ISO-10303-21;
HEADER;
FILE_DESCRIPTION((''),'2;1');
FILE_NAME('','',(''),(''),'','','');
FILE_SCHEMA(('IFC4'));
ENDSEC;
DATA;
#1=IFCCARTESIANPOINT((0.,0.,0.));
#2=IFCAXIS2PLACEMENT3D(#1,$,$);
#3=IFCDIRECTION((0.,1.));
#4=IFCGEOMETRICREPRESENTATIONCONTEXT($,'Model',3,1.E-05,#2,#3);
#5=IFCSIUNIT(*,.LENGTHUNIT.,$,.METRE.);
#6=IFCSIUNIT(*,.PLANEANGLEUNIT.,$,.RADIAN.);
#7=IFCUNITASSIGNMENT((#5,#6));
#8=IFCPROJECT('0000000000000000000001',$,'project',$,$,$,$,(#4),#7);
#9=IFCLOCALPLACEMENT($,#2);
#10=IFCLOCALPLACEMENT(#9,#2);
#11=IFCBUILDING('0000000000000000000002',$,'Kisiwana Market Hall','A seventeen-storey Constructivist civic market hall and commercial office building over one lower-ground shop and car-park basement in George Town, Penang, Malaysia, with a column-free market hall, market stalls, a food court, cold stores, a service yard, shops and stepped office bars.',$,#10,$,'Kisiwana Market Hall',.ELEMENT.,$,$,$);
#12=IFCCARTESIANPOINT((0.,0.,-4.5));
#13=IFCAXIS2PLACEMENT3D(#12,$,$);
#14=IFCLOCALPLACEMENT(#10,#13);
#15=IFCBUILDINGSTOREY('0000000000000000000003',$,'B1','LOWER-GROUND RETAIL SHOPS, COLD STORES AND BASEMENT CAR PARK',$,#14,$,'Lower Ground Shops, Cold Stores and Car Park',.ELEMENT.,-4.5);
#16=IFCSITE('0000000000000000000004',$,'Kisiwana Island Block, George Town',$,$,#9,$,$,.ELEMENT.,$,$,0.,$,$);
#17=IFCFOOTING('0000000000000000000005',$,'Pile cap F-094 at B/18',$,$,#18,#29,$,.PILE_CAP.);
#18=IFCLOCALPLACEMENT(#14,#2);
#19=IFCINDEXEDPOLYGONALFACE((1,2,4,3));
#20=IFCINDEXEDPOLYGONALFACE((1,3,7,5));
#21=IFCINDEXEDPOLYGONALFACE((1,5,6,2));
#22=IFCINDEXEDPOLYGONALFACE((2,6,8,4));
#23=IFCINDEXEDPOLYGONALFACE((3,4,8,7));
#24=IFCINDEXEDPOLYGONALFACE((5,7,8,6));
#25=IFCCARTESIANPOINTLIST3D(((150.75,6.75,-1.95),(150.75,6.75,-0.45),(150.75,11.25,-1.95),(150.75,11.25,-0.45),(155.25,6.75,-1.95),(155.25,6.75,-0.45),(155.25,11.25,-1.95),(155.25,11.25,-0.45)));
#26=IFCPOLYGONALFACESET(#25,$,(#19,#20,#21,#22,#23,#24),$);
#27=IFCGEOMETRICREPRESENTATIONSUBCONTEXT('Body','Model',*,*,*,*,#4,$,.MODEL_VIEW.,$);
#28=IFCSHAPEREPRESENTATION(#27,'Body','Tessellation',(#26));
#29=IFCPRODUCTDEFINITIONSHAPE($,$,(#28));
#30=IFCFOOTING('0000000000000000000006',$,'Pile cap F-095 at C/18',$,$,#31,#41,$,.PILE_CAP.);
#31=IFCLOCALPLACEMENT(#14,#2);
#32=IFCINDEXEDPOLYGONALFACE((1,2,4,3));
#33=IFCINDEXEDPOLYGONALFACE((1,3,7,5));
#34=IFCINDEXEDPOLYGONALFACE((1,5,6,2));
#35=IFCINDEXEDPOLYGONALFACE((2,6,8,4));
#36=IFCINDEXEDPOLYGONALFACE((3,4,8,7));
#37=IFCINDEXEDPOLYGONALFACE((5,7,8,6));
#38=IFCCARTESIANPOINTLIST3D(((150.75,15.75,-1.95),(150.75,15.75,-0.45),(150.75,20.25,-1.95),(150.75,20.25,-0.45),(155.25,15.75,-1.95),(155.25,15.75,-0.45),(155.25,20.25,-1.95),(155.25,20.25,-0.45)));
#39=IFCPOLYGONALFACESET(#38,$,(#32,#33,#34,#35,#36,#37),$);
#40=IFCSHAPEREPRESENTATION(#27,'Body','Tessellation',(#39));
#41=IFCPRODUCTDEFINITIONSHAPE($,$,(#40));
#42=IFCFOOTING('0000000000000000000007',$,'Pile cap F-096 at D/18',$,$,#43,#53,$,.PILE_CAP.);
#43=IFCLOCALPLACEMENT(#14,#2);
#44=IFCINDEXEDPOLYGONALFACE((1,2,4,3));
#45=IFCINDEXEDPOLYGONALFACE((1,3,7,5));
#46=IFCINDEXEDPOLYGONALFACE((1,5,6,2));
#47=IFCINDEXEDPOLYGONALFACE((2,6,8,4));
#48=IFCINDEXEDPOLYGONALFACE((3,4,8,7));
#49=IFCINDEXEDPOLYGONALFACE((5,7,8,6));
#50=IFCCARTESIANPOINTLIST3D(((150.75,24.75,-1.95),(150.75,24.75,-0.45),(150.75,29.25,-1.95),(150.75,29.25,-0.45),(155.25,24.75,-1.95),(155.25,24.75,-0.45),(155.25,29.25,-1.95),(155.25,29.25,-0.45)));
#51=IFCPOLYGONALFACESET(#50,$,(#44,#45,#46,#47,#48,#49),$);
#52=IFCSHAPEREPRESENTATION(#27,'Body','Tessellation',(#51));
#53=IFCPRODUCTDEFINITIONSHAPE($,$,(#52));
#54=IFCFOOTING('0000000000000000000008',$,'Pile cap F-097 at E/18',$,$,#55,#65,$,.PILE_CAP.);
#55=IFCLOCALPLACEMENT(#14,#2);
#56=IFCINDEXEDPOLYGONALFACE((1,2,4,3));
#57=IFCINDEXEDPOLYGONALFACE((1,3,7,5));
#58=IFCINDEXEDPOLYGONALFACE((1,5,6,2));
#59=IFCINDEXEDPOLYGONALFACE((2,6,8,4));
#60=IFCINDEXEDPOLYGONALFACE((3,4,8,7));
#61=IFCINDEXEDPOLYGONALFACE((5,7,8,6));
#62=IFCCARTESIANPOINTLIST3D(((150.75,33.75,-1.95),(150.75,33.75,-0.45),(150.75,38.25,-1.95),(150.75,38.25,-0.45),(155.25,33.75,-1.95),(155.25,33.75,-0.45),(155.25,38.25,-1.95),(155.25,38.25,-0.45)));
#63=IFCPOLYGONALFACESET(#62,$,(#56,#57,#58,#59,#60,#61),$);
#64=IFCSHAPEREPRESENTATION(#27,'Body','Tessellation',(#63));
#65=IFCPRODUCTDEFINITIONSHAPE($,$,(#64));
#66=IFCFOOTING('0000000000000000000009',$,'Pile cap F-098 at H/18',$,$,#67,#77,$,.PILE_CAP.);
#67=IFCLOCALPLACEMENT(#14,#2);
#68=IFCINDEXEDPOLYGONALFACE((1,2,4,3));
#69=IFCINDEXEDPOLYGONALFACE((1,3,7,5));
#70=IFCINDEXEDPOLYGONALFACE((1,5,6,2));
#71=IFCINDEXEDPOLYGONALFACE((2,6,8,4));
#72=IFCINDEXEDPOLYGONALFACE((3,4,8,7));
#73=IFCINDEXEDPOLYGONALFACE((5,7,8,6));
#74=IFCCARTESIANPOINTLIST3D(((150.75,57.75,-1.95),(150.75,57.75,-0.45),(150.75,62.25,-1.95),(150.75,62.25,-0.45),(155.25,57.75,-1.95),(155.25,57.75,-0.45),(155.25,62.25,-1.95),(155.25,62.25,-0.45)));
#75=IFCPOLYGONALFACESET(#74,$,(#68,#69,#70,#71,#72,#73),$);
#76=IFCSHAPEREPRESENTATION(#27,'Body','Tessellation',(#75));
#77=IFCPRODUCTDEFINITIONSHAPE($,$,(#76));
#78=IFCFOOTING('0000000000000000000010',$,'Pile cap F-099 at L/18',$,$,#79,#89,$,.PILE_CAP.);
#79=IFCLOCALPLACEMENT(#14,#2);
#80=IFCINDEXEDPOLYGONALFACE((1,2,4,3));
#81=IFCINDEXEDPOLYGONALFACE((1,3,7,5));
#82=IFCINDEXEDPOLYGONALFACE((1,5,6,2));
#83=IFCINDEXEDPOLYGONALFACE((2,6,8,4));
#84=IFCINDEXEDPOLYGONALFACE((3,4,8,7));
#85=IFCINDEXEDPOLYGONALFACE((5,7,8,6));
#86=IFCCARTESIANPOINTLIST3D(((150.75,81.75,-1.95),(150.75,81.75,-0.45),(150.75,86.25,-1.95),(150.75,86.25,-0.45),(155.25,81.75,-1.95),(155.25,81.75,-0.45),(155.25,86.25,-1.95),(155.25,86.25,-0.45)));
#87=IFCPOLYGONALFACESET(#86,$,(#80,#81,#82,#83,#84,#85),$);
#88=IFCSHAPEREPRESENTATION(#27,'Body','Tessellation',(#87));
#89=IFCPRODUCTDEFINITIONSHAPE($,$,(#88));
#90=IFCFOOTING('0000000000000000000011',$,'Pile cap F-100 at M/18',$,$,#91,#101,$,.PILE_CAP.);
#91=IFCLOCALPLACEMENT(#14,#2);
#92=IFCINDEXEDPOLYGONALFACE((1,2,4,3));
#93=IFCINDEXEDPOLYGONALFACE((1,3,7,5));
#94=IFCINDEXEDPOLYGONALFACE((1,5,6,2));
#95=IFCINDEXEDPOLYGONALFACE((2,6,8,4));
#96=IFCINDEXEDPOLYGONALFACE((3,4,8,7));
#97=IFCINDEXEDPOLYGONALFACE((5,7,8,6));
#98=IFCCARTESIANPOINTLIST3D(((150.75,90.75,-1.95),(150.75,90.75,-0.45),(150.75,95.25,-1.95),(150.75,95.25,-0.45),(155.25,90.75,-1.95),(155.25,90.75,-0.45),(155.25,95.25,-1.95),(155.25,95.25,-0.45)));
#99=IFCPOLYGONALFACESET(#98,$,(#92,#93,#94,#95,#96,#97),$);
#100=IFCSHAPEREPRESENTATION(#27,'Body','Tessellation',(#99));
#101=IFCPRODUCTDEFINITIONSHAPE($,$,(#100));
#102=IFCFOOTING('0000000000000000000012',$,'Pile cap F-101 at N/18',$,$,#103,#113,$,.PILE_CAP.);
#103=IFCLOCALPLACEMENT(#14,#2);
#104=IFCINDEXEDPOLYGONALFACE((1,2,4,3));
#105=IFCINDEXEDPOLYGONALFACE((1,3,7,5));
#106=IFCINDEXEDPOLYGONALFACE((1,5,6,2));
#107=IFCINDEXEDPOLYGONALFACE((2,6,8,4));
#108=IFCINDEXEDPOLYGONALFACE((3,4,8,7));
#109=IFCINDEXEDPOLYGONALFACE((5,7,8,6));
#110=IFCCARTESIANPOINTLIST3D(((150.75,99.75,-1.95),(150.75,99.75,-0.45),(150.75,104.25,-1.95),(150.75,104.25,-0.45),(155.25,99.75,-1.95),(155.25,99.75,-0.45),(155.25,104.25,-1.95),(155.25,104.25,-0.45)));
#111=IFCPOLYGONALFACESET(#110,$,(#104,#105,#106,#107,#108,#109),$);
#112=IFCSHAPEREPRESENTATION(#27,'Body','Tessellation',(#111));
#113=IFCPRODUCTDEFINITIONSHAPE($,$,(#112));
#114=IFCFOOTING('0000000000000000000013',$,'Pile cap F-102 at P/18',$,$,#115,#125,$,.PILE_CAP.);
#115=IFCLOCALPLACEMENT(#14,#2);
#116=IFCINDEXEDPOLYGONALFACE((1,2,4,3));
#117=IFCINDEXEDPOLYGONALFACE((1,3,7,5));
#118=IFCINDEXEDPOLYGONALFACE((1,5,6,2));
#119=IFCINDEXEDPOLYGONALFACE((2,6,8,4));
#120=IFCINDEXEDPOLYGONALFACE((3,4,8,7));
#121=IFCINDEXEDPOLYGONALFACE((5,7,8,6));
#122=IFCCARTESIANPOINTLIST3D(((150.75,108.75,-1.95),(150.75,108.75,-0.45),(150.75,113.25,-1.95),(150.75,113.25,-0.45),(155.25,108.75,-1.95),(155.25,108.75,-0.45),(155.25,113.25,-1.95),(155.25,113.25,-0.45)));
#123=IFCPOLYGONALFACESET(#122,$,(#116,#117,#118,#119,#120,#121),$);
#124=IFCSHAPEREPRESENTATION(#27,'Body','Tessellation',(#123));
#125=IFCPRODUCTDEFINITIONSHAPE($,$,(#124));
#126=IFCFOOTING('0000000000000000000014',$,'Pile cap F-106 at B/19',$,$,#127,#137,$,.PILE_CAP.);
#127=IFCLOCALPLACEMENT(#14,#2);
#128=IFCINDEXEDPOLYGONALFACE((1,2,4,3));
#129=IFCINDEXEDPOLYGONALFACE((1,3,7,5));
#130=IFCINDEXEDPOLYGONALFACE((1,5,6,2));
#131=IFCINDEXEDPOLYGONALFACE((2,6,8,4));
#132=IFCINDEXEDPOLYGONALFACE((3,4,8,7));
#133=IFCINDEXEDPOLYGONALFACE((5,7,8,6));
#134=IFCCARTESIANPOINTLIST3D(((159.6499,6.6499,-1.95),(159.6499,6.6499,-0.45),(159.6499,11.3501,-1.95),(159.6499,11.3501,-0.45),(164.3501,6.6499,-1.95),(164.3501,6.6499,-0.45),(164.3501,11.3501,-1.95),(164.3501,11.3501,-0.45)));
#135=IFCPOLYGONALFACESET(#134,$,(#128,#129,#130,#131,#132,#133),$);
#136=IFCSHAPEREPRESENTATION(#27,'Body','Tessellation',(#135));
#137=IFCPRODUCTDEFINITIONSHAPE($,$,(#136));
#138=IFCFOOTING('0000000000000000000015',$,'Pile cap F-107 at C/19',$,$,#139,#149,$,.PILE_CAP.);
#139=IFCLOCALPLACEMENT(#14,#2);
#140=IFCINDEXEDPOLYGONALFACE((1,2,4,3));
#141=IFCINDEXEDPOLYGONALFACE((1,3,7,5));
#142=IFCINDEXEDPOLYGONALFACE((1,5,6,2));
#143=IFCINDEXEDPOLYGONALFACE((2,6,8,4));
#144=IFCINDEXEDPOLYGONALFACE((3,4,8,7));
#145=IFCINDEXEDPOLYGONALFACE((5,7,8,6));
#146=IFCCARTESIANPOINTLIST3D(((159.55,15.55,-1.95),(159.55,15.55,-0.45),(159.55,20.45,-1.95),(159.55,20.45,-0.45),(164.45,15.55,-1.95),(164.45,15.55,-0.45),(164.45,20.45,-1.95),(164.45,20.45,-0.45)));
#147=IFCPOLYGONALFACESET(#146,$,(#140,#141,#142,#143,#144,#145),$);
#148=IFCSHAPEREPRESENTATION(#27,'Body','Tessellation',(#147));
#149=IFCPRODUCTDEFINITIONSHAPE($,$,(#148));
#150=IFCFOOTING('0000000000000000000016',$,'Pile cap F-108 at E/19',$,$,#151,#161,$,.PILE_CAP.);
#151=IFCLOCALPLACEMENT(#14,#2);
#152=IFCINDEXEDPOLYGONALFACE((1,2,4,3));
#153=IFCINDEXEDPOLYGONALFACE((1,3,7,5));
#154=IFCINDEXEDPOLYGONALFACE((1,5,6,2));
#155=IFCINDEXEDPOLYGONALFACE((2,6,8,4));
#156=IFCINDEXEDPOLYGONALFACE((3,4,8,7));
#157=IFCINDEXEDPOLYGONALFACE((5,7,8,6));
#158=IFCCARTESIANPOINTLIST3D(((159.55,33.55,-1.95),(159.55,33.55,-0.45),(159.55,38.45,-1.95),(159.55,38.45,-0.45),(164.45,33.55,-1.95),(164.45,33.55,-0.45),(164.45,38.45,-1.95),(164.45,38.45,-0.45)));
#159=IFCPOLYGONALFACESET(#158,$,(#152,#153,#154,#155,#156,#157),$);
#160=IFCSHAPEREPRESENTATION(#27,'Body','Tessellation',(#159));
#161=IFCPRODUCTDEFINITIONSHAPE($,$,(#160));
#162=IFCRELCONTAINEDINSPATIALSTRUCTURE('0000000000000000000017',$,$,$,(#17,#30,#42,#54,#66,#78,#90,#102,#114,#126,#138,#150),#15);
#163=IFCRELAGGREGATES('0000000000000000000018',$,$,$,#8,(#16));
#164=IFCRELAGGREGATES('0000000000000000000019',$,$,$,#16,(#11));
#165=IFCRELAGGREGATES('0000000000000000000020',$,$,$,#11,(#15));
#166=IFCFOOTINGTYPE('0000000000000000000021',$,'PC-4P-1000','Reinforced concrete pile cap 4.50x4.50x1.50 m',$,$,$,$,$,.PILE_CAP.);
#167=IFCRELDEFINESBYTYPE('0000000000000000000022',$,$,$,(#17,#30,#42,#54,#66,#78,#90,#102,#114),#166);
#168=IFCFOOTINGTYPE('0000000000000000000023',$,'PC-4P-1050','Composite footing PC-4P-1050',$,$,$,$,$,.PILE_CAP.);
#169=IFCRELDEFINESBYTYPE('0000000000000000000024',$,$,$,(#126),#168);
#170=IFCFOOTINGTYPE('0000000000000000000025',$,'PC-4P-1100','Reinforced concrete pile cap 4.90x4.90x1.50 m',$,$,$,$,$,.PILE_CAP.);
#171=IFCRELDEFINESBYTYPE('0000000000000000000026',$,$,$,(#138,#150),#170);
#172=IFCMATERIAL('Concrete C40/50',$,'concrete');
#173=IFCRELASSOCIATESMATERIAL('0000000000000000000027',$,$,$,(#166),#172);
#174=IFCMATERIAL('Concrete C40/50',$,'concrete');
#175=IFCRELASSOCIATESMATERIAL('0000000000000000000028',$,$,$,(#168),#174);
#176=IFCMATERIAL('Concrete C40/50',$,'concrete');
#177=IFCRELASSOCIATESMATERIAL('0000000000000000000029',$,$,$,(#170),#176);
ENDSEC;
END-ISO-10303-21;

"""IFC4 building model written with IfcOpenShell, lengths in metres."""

from ifc_helpers import new_model, si_unit, direction, frame, origin, place, context, subcontext, project, spatial, polyline, outline, extrude, material, type_object, element, save


model = new_model("IFC4")

# Units and contexts
model_context = context("Model", 3, precision=1e-05, world=origin(), true_north=direction((0.0, 1.0)))
body_context = subcontext(model_context, "Body", "Model", "MODEL_VIEW")
ifc_project = project(units=[si_unit("LENGTHUNIT", "METRE"), si_unit("PLANEANGLEUNIT", "RADIAN")], contexts=[model_context])

# Site, building, storey
site_placement = place(None, origin())
site = spatial("IfcSite", under=ifc_project, at=site_placement, Name="Kisiwana Island Block, George Town", CompositionType="ELEMENT", RefElevation=0.0)
building_placement = place(site_placement, origin())
building = spatial("IfcBuilding", under=site, at=building_placement, Name="Kisiwana Market Hall", Description="A seventeen-storey Constructivist civic market hall and commercial office building over one lower-ground shop and car-park basement in George Town, Penang, Malaysia, with a column-free market hall, market stalls, a food court, cold stores, a service yard, shops and stepped office bars.", LongName="Kisiwana Market Hall", CompositionType="ELEMENT")
storey_placement = place(building_placement, frame((0.0, 0.0, -4.5)))
storey = spatial("IfcBuildingStorey", under=building, at=storey_placement, Name="B1", Description="LOWER-GROUND RETAIL SHOPS, COLD STORES AND BASEMENT CAR PARK", LongName="Lower Ground Shops, Cold Stores and Car Park", CompositionType="ELEMENT", Elevation=-4.5)

# Footings
ifc_material_1 = material(Name="Concrete C40/50", Category="concrete")
footing_type_1 = type_object("IfcFootingType", Name="PC-4P-1000", Description="Reinforced concrete pile cap 4.50x4.50x1.50 m", PredefinedType="PILE_CAP", material=ifc_material_1)
footing_1_placement = place(storey_placement, frame((0.0, 0.0, -1.95)))
element("IfcFooting", 1, at=footing_1_placement, inside=storey, type_object=footing_type_1, Name="Pile cap F-094 at B/18", PredefinedType="PILE_CAP", context=body_context, shape_type="SweptSolid", body=[
    extrude(outline(polyline([(150.75, 6.75), (155.25, 6.75), (155.25, 11.25), (150.75, 11.25), (150.75, 6.75)])), origin(), (0.0, 0.0, 1.0), 1.5),
])
footing_2_placement = place(storey_placement, frame((0.0, 0.0, -1.95)))
element("IfcFooting", 2, at=footing_2_placement, inside=storey, type_object=footing_type_1, Name="Pile cap F-095 at C/18", PredefinedType="PILE_CAP", context=body_context, shape_type="SweptSolid", body=[
    extrude(outline(polyline([(150.75, 15.75), (155.25, 15.75), (155.25, 20.25), (150.75, 20.25), (150.75, 15.75)])), origin(), (0.0, 0.0, 1.0), 1.5),
])
footing_3_placement = place(storey_placement, frame((0.0, 0.0, -1.95)))
element("IfcFooting", 3, at=footing_3_placement, inside=storey, type_object=footing_type_1, Name="Pile cap F-096 at D/18", PredefinedType="PILE_CAP", context=body_context, shape_type="SweptSolid", body=[
    extrude(outline(polyline([(150.75, 24.75), (155.25, 24.75), (155.25, 29.25), (150.75, 29.25), (150.75, 24.75)])), origin(), (0.0, 0.0, 1.0), 1.5),
])
footing_4_placement = place(storey_placement, frame((0.0, 0.0, -1.95)))
element("IfcFooting", 4, at=footing_4_placement, inside=storey, type_object=footing_type_1, Name="Pile cap F-097 at E/18", PredefinedType="PILE_CAP", context=body_context, shape_type="SweptSolid", body=[
    extrude(outline(polyline([(150.75, 33.75), (155.25, 33.75), (155.25, 38.25), (150.75, 38.25), (150.75, 33.75)])), origin(), (0.0, 0.0, 1.0), 1.5),
])
footing_5_placement = place(storey_placement, frame((0.0, 0.0, -1.95)))
element("IfcFooting", 5, at=footing_5_placement, inside=storey, type_object=footing_type_1, Name="Pile cap F-098 at H/18", PredefinedType="PILE_CAP", context=body_context, shape_type="SweptSolid", body=[
    extrude(outline(polyline([(150.75, 57.75), (155.25, 57.75), (155.25, 62.25), (150.75, 62.25), (150.75, 57.75)])), origin(), (0.0, 0.0, 1.0), 1.5),
])
footing_6_placement = place(storey_placement, frame((0.0, 0.0, -1.95)))
element("IfcFooting", 6, at=footing_6_placement, inside=storey, type_object=footing_type_1, Name="Pile cap F-099 at L/18", PredefinedType="PILE_CAP", context=body_context, shape_type="SweptSolid", body=[
    extrude(outline(polyline([(150.75, 81.75), (155.25, 81.75), (155.25, 86.25), (150.75, 86.25), (150.75, 81.75)])), origin(), (0.0, 0.0, 1.0), 1.5),
])
footing_7_placement = place(storey_placement, frame((0.0, 0.0, -1.95)))
element("IfcFooting", 7, at=footing_7_placement, inside=storey, type_object=footing_type_1, Name="Pile cap F-100 at M/18", PredefinedType="PILE_CAP", context=body_context, shape_type="SweptSolid", body=[
    extrude(outline(polyline([(150.75, 90.75), (155.25, 90.75), (155.25, 95.25), (150.75, 95.25), (150.75, 90.75)])), origin(), (0.0, 0.0, 1.0), 1.5),
])
footing_8_placement = place(storey_placement, frame((0.0, 0.0, -1.95)))
element("IfcFooting", 8, at=footing_8_placement, inside=storey, type_object=footing_type_1, Name="Pile cap F-101 at N/18", PredefinedType="PILE_CAP", context=body_context, shape_type="SweptSolid", body=[
    extrude(outline(polyline([(150.75, 99.75), (155.25, 99.75), (155.25, 104.25), (150.75, 104.25), (150.75, 99.75)])), origin(), (0.0, 0.0, 1.0), 1.5),
])
footing_9_placement = place(storey_placement, frame((0.0, 0.0, -1.95)))
element("IfcFooting", 9, at=footing_9_placement, inside=storey, type_object=footing_type_1, Name="Pile cap F-102 at P/18", PredefinedType="PILE_CAP", context=body_context, shape_type="SweptSolid", body=[
    extrude(outline(polyline([(150.75, 108.75), (155.25, 108.75), (155.25, 113.25), (150.75, 113.25), (150.75, 108.75)])), origin(), (0.0, 0.0, 1.0), 1.5),
])
ifc_material_2 = material(Name="Concrete C40/50", Category="concrete")
footing_type_2 = type_object("IfcFootingType", Name="PC-4P-1050", Description="Composite footing PC-4P-1050", PredefinedType="PILE_CAP", material=ifc_material_2)
footing_10_placement = place(storey_placement, frame((0.0, 0.0, -1.95)))
element("IfcFooting", 10, at=footing_10_placement, inside=storey, type_object=footing_type_2, Name="Pile cap F-106 at B/19", PredefinedType="PILE_CAP", context=body_context, shape_type="SweptSolid", body=[
    extrude(outline(polyline([(159.6499, 6.6499), (164.3501, 6.6499), (164.3501, 11.3501), (159.6499, 11.3501), (159.6499, 6.6499)])), origin(), (0.0, 0.0, 1.0), 1.5),
])
ifc_material_3 = material(Name="Concrete C40/50", Category="concrete")
footing_type_3 = type_object("IfcFootingType", Name="PC-4P-1100", Description="Reinforced concrete pile cap 4.90x4.90x1.50 m", PredefinedType="PILE_CAP", material=ifc_material_3)
footing_11_placement = place(storey_placement, frame((0.0, 0.0, -1.95)))
element("IfcFooting", 11, at=footing_11_placement, inside=storey, type_object=footing_type_3, Name="Pile cap F-107 at C/19", PredefinedType="PILE_CAP", context=body_context, shape_type="SweptSolid", body=[
    extrude(outline(polyline([(159.55, 15.55), (164.45, 15.55), (164.45, 20.45), (159.55, 20.45), (159.55, 15.55)])), origin(), (0.0, 0.0, 1.0), 1.5),
])
footing_12_placement = place(storey_placement, frame((0.0, 0.0, -1.95)))
element("IfcFooting", 12, at=footing_12_placement, inside=storey, type_object=footing_type_3, Name="Pile cap F-108 at E/19", PredefinedType="PILE_CAP", context=body_context, shape_type="SweptSolid", body=[
    extrude(outline(polyline([(159.55, 33.55), (164.45, 33.55), (164.45, 38.45), (159.55, 38.45), (159.55, 33.55)])), origin(), (0.0, 0.0, 1.0), 1.5),
])

save(model, "model.ifc")
